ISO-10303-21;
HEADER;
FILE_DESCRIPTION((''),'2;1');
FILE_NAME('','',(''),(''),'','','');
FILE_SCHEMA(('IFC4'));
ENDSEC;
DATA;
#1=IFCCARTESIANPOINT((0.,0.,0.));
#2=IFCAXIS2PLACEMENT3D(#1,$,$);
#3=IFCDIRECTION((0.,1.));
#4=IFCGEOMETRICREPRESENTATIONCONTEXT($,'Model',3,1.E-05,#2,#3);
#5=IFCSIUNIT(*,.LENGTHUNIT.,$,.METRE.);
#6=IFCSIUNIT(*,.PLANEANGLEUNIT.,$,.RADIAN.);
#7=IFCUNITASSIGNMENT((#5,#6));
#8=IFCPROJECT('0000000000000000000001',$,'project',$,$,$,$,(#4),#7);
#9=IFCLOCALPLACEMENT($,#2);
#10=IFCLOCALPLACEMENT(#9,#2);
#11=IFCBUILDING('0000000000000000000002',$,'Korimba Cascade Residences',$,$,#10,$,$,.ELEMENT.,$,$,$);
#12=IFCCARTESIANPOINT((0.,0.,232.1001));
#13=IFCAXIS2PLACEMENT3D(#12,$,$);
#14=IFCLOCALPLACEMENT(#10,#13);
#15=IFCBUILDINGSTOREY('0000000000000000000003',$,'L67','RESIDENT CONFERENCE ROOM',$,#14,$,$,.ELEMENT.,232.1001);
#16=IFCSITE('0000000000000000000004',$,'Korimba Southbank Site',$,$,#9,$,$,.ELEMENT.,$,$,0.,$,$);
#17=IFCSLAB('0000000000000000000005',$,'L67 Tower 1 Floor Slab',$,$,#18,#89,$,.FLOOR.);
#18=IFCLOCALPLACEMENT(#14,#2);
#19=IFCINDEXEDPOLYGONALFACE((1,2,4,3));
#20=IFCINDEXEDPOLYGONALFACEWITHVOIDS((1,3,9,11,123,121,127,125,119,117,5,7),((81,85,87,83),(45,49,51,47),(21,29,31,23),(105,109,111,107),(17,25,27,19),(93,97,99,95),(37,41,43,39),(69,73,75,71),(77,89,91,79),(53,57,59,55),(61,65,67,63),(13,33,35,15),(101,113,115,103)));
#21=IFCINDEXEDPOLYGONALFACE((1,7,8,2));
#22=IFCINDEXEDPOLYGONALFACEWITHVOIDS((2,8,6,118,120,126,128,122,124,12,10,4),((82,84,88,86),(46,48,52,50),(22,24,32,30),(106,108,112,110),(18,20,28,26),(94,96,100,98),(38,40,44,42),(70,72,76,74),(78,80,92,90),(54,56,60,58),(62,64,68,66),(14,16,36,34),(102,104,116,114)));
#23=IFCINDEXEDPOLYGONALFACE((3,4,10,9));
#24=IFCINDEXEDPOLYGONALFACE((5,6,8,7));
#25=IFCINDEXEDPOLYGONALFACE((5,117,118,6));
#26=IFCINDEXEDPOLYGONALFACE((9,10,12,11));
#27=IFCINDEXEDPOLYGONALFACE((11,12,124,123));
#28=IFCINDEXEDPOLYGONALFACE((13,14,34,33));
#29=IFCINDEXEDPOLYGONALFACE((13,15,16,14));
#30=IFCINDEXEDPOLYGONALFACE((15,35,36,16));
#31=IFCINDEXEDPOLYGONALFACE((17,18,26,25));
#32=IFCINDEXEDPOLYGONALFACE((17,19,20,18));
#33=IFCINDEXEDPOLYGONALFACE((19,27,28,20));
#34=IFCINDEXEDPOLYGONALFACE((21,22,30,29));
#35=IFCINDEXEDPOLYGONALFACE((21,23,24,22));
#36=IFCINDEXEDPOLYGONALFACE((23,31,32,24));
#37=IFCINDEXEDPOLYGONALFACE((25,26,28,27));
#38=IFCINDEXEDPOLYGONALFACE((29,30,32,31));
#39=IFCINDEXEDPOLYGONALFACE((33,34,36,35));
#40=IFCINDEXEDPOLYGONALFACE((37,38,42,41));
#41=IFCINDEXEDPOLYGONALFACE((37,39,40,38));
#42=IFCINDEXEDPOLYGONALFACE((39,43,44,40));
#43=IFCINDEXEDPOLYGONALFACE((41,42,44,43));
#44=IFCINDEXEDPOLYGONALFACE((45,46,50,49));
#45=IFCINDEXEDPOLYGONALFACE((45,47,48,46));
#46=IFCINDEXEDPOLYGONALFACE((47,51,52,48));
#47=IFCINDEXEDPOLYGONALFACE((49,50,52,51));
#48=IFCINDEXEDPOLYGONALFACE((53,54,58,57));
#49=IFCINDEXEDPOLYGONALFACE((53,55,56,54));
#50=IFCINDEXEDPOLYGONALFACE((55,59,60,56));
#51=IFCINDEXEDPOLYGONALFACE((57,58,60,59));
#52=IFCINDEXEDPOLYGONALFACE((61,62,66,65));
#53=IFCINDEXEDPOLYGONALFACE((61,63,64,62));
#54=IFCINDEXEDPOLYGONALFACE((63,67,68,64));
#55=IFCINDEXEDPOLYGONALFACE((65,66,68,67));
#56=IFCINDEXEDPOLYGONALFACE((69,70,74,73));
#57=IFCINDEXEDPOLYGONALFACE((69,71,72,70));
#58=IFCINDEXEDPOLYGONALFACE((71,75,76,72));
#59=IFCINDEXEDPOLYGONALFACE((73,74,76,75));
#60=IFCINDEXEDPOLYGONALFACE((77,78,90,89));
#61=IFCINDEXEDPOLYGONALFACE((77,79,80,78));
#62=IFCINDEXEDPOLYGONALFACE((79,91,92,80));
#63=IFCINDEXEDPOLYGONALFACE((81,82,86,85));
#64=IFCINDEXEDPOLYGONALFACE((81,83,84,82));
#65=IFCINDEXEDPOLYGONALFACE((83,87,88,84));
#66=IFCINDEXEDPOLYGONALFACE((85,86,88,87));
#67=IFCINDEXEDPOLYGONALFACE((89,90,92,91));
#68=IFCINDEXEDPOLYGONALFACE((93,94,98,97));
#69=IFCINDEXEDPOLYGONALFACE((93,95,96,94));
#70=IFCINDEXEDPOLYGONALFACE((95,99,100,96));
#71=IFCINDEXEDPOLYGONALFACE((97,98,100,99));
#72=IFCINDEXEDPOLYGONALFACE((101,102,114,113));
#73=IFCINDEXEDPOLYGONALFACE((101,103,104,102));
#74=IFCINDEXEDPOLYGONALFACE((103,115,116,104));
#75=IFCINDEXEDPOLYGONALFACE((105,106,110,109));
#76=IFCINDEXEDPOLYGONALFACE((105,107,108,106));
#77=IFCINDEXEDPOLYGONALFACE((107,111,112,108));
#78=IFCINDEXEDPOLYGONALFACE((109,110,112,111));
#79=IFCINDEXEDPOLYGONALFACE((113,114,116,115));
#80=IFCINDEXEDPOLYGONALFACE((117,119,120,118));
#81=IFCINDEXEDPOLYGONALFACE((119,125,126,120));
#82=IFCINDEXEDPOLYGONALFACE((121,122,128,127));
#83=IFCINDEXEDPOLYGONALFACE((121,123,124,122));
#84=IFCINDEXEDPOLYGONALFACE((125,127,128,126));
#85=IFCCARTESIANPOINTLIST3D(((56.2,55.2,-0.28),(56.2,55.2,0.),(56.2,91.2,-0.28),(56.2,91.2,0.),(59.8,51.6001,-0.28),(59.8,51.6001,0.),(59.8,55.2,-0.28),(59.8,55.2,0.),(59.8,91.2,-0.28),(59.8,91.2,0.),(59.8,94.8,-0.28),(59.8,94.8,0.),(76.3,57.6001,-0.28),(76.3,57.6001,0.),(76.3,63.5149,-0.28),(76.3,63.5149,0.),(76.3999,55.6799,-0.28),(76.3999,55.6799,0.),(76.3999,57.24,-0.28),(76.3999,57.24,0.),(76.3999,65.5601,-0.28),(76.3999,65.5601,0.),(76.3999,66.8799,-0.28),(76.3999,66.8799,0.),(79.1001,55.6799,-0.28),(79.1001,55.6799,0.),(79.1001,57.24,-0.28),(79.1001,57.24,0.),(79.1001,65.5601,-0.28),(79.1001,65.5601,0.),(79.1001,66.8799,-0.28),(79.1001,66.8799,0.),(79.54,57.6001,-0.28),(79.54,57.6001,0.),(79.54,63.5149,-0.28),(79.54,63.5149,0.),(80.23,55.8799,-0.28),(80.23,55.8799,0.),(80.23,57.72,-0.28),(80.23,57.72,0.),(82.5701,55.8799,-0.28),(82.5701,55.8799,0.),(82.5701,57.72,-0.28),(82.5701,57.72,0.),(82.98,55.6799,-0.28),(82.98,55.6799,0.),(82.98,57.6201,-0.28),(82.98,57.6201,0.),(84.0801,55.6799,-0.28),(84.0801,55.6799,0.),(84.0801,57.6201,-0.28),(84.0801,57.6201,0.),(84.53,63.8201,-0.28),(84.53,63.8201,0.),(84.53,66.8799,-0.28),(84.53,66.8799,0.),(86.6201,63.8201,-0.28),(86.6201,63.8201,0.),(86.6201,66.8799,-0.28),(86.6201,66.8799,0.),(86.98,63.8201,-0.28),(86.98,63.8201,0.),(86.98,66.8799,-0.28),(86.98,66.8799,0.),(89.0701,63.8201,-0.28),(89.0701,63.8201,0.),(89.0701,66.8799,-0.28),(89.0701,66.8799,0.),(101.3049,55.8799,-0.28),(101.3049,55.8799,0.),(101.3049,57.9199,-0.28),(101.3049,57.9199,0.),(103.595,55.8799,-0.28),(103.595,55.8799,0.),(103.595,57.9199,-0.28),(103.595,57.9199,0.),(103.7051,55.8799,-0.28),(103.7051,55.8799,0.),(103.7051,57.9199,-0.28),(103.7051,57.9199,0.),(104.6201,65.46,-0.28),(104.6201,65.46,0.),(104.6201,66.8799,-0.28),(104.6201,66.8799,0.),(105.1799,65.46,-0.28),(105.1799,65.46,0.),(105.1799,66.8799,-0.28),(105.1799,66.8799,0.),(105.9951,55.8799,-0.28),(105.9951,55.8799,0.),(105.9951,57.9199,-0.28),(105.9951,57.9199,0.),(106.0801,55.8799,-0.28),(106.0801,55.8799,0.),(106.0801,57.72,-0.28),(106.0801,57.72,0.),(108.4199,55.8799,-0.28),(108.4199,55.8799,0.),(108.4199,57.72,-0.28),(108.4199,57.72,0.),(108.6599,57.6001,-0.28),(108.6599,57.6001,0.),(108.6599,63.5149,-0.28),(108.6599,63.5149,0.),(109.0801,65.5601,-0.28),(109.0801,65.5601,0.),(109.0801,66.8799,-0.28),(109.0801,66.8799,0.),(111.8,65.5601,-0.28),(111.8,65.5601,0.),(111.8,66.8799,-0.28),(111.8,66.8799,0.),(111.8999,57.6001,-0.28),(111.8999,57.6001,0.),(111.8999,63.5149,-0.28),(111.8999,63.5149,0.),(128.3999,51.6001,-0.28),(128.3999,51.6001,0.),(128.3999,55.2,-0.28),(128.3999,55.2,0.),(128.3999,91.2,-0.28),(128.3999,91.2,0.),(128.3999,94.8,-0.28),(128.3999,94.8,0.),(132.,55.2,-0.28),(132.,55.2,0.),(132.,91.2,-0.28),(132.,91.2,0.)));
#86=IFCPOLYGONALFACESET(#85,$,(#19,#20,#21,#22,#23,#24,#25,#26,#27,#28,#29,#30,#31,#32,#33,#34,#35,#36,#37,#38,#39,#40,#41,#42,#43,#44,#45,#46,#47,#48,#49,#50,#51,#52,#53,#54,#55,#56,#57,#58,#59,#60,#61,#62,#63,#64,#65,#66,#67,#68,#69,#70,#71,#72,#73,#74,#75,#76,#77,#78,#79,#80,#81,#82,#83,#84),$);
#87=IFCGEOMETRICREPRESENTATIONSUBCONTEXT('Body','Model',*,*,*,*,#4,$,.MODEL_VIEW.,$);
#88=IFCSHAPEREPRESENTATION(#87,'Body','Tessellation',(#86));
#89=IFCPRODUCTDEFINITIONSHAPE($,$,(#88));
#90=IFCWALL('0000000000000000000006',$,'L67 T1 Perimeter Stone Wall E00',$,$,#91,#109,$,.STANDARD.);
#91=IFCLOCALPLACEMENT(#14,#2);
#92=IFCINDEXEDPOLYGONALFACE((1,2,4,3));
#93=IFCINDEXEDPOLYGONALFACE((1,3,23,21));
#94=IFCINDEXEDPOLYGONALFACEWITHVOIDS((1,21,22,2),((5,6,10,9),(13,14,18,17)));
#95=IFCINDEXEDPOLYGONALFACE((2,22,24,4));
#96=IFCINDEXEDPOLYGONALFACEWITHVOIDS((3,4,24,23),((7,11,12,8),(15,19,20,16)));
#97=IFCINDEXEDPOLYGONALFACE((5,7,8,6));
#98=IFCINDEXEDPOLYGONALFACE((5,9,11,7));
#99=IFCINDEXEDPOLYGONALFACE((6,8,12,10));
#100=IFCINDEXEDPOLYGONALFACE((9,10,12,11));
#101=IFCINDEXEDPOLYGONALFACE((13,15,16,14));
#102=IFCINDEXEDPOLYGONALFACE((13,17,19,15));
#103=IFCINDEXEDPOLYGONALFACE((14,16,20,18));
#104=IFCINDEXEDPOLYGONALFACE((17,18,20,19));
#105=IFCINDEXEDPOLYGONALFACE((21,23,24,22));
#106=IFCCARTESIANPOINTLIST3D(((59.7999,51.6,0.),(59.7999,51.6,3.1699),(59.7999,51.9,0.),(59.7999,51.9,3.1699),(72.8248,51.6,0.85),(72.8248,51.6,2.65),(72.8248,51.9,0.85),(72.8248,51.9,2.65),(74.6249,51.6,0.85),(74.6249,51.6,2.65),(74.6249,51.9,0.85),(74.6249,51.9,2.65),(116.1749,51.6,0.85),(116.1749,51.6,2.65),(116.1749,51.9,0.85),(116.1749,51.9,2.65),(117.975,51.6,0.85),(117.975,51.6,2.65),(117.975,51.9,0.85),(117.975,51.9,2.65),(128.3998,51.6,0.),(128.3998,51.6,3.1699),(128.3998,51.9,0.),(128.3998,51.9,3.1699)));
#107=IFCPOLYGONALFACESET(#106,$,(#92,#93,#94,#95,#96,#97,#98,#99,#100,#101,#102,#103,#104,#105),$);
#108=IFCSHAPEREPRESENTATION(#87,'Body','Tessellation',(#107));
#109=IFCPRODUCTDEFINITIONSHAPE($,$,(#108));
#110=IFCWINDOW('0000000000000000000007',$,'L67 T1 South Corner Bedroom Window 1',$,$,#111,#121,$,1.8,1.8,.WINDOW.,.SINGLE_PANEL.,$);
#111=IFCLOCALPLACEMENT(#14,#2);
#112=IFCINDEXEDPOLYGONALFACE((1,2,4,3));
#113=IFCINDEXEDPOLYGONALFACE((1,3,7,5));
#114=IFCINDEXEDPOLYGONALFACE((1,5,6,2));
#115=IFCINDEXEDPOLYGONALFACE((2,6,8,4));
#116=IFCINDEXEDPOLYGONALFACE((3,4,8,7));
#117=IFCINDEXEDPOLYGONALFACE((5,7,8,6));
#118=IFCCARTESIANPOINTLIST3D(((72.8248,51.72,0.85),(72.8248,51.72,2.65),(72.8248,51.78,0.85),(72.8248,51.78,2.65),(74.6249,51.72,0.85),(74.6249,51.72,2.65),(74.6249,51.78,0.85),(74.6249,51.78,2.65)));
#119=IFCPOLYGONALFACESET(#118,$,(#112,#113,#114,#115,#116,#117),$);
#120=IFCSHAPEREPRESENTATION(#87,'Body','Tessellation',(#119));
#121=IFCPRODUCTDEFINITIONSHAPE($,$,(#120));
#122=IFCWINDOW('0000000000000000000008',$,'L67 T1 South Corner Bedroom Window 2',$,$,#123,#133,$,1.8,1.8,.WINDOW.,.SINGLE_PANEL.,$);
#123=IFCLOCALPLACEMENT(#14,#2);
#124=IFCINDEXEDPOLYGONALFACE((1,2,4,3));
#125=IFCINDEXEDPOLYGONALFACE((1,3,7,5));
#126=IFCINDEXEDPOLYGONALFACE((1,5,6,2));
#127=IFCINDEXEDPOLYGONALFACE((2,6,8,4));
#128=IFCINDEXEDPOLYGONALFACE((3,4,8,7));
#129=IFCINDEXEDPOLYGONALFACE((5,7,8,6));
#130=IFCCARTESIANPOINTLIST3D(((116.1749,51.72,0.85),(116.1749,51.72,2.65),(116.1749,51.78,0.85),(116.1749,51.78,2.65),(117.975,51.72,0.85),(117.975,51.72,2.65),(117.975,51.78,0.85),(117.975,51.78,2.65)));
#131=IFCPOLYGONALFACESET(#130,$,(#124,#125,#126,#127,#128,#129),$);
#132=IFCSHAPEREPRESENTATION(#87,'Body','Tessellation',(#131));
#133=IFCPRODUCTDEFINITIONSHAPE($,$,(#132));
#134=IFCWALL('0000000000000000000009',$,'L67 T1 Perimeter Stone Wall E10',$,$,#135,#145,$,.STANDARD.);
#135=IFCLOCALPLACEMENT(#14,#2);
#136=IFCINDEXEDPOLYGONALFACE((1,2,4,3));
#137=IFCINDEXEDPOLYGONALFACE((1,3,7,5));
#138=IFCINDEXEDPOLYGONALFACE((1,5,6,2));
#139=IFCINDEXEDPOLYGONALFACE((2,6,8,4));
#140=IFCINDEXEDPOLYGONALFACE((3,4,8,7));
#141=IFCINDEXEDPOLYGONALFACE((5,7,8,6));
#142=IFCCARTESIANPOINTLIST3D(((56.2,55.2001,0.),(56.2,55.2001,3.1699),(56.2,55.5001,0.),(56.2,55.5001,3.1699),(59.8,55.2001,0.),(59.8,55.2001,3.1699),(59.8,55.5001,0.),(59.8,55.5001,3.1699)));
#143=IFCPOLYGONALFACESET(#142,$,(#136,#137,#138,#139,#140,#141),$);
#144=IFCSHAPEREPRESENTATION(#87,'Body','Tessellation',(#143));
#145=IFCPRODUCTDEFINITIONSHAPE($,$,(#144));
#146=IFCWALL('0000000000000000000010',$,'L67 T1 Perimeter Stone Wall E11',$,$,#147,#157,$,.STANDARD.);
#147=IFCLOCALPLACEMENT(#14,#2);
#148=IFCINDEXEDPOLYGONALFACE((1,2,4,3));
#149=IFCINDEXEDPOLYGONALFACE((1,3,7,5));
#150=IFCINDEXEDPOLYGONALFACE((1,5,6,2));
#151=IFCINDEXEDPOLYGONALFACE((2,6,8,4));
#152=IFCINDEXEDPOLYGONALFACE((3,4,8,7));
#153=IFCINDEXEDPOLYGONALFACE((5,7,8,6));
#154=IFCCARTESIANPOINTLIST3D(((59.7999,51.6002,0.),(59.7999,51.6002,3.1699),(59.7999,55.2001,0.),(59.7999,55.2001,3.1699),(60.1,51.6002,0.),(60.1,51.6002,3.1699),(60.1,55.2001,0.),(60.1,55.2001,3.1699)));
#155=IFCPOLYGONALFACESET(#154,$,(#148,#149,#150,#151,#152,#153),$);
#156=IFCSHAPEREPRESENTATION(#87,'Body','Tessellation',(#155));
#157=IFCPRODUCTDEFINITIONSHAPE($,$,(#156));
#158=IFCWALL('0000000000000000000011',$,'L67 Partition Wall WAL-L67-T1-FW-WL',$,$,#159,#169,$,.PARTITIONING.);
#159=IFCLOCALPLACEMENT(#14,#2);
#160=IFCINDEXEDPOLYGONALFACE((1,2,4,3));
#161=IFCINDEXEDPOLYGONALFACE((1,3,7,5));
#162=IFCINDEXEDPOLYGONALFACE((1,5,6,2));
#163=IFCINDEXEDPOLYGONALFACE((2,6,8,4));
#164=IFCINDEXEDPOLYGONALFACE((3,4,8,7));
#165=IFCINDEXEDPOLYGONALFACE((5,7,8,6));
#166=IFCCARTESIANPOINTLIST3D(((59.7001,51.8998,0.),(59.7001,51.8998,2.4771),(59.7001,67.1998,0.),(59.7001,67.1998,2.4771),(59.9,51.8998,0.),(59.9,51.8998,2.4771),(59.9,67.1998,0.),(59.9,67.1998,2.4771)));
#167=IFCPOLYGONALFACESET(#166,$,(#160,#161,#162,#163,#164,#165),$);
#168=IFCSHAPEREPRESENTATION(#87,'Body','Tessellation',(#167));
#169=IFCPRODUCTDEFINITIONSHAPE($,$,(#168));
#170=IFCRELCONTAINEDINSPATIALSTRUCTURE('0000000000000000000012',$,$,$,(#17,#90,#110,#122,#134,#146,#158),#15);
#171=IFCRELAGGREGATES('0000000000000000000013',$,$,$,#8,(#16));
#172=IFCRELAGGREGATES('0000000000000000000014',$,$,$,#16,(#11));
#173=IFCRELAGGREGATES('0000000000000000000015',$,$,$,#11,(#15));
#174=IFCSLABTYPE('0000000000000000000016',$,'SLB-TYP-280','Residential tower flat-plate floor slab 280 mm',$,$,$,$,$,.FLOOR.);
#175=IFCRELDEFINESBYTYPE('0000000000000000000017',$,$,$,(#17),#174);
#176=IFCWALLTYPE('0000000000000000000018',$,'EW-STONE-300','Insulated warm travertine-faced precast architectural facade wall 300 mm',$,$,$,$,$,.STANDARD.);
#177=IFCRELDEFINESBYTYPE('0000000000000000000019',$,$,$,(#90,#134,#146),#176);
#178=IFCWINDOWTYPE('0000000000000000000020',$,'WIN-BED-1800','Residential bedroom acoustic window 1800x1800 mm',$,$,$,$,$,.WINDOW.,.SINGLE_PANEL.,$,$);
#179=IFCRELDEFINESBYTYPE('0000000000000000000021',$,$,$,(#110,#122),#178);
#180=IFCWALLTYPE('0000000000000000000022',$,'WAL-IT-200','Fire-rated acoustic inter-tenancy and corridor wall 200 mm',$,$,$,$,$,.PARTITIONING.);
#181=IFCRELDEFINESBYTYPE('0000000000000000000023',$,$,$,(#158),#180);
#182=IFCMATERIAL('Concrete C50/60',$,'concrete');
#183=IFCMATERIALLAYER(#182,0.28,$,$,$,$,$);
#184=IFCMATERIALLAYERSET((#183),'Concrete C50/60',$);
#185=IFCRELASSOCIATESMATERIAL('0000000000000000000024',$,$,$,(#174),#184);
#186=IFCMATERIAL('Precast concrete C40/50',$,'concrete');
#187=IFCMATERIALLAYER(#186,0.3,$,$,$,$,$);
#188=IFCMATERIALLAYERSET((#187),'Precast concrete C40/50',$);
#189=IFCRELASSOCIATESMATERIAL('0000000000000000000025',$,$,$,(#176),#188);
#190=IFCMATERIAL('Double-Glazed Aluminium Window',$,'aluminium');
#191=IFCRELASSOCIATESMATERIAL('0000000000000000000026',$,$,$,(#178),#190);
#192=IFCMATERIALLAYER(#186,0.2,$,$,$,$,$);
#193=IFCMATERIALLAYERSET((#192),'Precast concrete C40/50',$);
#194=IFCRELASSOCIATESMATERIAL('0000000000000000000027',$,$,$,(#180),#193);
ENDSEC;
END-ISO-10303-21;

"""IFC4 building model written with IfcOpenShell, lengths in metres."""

from ifc_helpers import new_model, si_unit, direction, frame, frame_2d, origin, place, context, subcontext, project, spatial, polyline, rectangle, outline, extrude, material, layer, layer_set, type_object, element, fill, save


model = new_model("IFC4")

# Units and contexts
model_context = context("Model", 3, precision=1e-05, world=origin(), true_north=direction((0.0, 1.0)))
body_context = subcontext(model_context, "Body", "Model", "MODEL_VIEW")
ifc_project = project(units=[si_unit("LENGTHUNIT", "METRE"), si_unit("PLANEANGLEUNIT", "RADIAN")], contexts=[model_context])

# Site, building, storey
site_placement = place(None, origin())
site = spatial("IfcSite", under=ifc_project, at=site_placement, Name="Korimba Southbank Site", CompositionType="ELEMENT", RefElevation=0.0)
building_placement = place(site_placement, origin())
building = spatial("IfcBuilding", under=site, at=building_placement, Name="Korimba Cascade Residences", CompositionType="ELEMENT")
storey_placement = place(building_placement, frame((0.0, 0.0, 232.1001)))
storey = spatial("IfcBuildingStorey", under=building, at=storey_placement, Name="L67", Description="RESIDENT CONFERENCE ROOM", CompositionType="ELEMENT", Elevation=232.1001)

# Shared definitions
ifc_material_1 = material(Name="Concrete C50/60", Category="concrete")

# Slab
ifc_material_2 = material(Name="Precast concrete C40/50", Category="concrete")
ifc_layer_1 = layer(ifc_material_1, 0.28)
ifc_layer_set_1 = layer_set([ifc_layer_1], Name="Concrete C50/60")
slab_type_1 = type_object("IfcSlabType", Name="SLB-TYP-280", Description="Residential tower flat-plate floor slab 280 mm", PredefinedType="FLOOR", material=ifc_layer_set_1)
slab_1_placement = place(storey_placement, frame((0.0, 0.0, -0.28)))
element("IfcSlab", 1, at=slab_1_placement, inside=storey, type_object=slab_type_1, Name="L67 Tower 1 Floor Slab", PredefinedType="FLOOR", context=body_context, shape_type="SweptSolid", body=[
    extrude(outline(polyline([(59.8, 51.6001), (128.3999, 51.6001), (128.3999, 55.2), (132.0, 55.2), (132.0, 91.2), (128.3999, 91.2), (128.3999, 94.8), (59.8, 94.8), (59.8, 91.2), (56.2, 91.2), (56.2, 55.2), (59.8, 55.2), (59.8, 51.6001)]), holes=[polyline([(76.3, 63.5149), (76.3, 57.6001), (79.54, 57.6001), (79.54, 63.5149), (76.3, 63.5149)]), polyline([(108.6599, 63.5149), (108.6599, 57.6001), (111.8999, 57.6001), (111.8999, 63.5149), (108.6599, 63.5149)]), polyline([(80.23, 55.8799), (82.5701, 55.8799), (82.5701, 57.72), (80.23, 57.72), (80.23, 55.8799)]), polyline([(106.0801, 55.8799), (108.4199, 55.8799), (108.4199, 57.72), (106.0801, 57.72), (106.0801, 55.8799)]), polyline([(101.3049, 55.8799), (103.595, 55.8799), (103.595, 57.9199), (101.3049, 57.9199), (101.3049, 55.8799)]), polyline([(103.7051, 55.8799), (105.9951, 55.8799), (105.9951, 57.9199), (103.7051, 57.9199), (103.7051, 55.8799)]), polyline([(82.98, 55.6799), (84.0801, 55.6799), (84.0801, 57.6201), (82.98, 57.6201), (82.98, 55.6799)]), polyline([(76.3999, 65.5601), (79.1001, 65.5601), (79.1001, 66.8799), (76.3999, 66.8799), (76.3999, 65.5601)]), polyline([(76.3999, 55.6799), (79.1001, 55.6799), (79.1001, 57.24), (76.3999, 57.24), (76.3999, 55.6799)]), polyline([(84.53, 63.8201), (86.6201, 63.8201), (86.6201, 66.8799), (84.53, 66.8799), (84.53, 63.8201)]), polyline([(86.98, 63.8201), (89.0701, 63.8201), (89.0701, 66.8799), (86.98, 66.8799), (86.98, 63.8201)]), polyline([(104.6201, 65.46), (105.1799, 65.46), (105.1799, 66.8799), (104.6201, 66.8799), (104.6201, 65.46)]), polyline([(109.0801, 65.5601), (111.8, 65.5601), (111.8, 66.8799), (109.0801, 66.8799), (109.0801, 65.5601)])]), origin(), (0.0, 0.0, 1.0), 0.28),
])

# Wall, openings, windows
ifc_layer_2 = layer(ifc_material_2, 0.3)
ifc_layer_set_2 = layer_set([ifc_layer_2], Name="Precast concrete C40/50")
wall_type_1 = type_object("IfcWallType", Name="EW-STONE-300", Description="Insulated warm travertine-faced precast architectural facade wall 300 mm", PredefinedType="STANDARD", material=ifc_layer_set_2)
wall_1_placement = place(storey_placement, frame((59.8, 51.75, 0.0), z_axis=(0.0, 0.0, 1.0), x_axis=(1.0, 0.0, 0.0)))
wall_1 = element("IfcWall", 2, at=wall_1_placement, inside=storey, type_object=wall_type_1, Name="L67 T1 Perimeter Stone Wall E00", PredefinedType="STANDARD", context=body_context, shape_type="SweptSolid", body=[
    extrude(rectangle(XDim=68.5999, YDim=0.3, at=frame_2d((34.2998, 0.0))), origin(), (0.0, 0.0, 1.0), 3.1699),
])
opening_1_placement = place(wall_1_placement, frame((13.0249, 0.0, 0.8501)))
opening_1 = element("IfcOpeningElement", 3, at=opening_1_placement, cuts=wall_1, PredefinedType="OPENING", context=body_context, shape_type="SweptSolid", body=[
    extrude(rectangle(XDim=1.8, YDim=1.8, at=frame_2d((0.8999, 0.8999))), frame((0.0, 0.1602, 0.0), z_axis=(0.0, -1.0, 0.0), x_axis=(1.0, 0.0, 0.0)), (0.0, 0.0, 1.0), 0.3201),
])
opening_2_placement = place(wall_1_placement, frame((56.375, 0.0, 0.8501)))
opening_2 = element("IfcOpeningElement", 4, at=opening_2_placement, cuts=wall_1, PredefinedType="OPENING", context=body_context, shape_type="SweptSolid", body=[
    extrude(rectangle(XDim=1.8, YDim=1.8, at=frame_2d((0.8999, 0.8999))), frame((0.0, 0.1602, 0.0), z_axis=(0.0, -1.0, 0.0), x_axis=(1.0, 0.0, 0.0)), (0.0, 0.0, 1.0), 0.3201),
])
ifc_material_3 = material(Name="Double-Glazed Aluminium Window", Category="aluminium")
window_type = type_object("IfcWindowType", Name="WIN-BED-1800", Description="Residential bedroom acoustic window 1800x1800 mm", PartitioningType="SINGLE_PANEL", PredefinedType="WINDOW", material=ifc_material_3)
window_1_placement = place(opening_1_placement, origin())
window_1 = element("IfcWindow", 5, at=window_1_placement, inside=storey, type_object=window_type, Name="L67 T1 South Corner Bedroom Window 1", OverallHeight=1.8, OverallWidth=1.8, PartitioningType="SINGLE_PANEL", PredefinedType="WINDOW", context=body_context, shape_type="SweptSolid", body=[
    extrude(rectangle(XDim=1.8, YDim=1.8, at=frame_2d((0.8999, 0.8999))), frame((0.0, 0.03, 0.0), z_axis=(0.0, -1.0, 0.0), x_axis=(1.0, 0.0, 0.0)), (0.0, 0.0, 1.0), 0.0601),
])
fill(opening_1, window_1)
window_2_placement = place(opening_2_placement, origin())
window_2 = element("IfcWindow", 6, at=window_2_placement, inside=storey, type_object=window_type, Name="L67 T1 South Corner Bedroom Window 2", OverallHeight=1.8, OverallWidth=1.8, PartitioningType="SINGLE_PANEL", PredefinedType="WINDOW", context=body_context, shape_type="SweptSolid", body=[
    extrude(rectangle(XDim=1.8, YDim=1.8, at=frame_2d((0.8999, 0.8999))), frame((0.0, 0.03, 0.0), z_axis=(0.0, -1.0, 0.0), x_axis=(1.0, 0.0, 0.0)), (0.0, 0.0, 1.0), 0.0601),
])
fill(opening_2, window_2)

# Walls
wall_2_placement = place(storey_placement, frame((56.2, 55.3501, 0.0), z_axis=(0.0, 0.0, 1.0), x_axis=(1.0, 0.0, 0.0)))
element("IfcWall", 7, at=wall_2_placement, inside=storey, type_object=wall_type_1, Name="L67 T1 Perimeter Stone Wall E10", PredefinedType="STANDARD", context=body_context, shape_type="SweptSolid", body=[
    extrude(rectangle(XDim=3.6001, YDim=0.3, at=frame_2d((1.8, 0.0))), origin(), (0.0, 0.0, 1.0), 3.1699),
])
wall_3_placement = place(storey_placement, frame((59.95, 55.2, 0.0), z_axis=(0.0, 0.0, 1.0), x_axis=(0.0, -1.0, 0.0)))
element("IfcWall", 8, at=wall_3_placement, inside=storey, type_object=wall_type_1, Name="L67 T1 Perimeter Stone Wall E11", PredefinedType="STANDARD", context=body_context, shape_type="SweptSolid", body=[
    extrude(rectangle(XDim=3.5999, YDim=0.3, at=frame_2d((1.7998, 0.0))), origin(), (0.0, 0.0, 1.0), 3.1699),
])
ifc_layer_3 = layer(ifc_material_2, 0.2)
ifc_layer_set_3 = layer_set([ifc_layer_3], Name="Precast concrete C40/50")
wall_type_2 = type_object("IfcWallType", Name="WAL-IT-200", Description="Fire-rated acoustic inter-tenancy and corridor wall 200 mm", PredefinedType="PARTITIONING", material=ifc_layer_set_3)
wall_4_placement = place(storey_placement, frame((59.8, 51.8999, 0.0), z_axis=(0.0, 0.0, 1.0), x_axis=(0.0, 1.0, 0.0)))
element("IfcWall", 9, at=wall_4_placement, inside=storey, type_object=wall_type_2, Name="L67 Partition Wall WAL-L67-T1-FW-WL", PredefinedType="PARTITIONING", context=body_context, shape_type="SweptSolid", body=[
    extrude(rectangle(XDim=15.3, YDim=0.2, at=frame_2d((7.6499, 0.0))), origin(), (0.0, 0.0, 1.0), 2.4771),
])

save(model, "model.ifc")
